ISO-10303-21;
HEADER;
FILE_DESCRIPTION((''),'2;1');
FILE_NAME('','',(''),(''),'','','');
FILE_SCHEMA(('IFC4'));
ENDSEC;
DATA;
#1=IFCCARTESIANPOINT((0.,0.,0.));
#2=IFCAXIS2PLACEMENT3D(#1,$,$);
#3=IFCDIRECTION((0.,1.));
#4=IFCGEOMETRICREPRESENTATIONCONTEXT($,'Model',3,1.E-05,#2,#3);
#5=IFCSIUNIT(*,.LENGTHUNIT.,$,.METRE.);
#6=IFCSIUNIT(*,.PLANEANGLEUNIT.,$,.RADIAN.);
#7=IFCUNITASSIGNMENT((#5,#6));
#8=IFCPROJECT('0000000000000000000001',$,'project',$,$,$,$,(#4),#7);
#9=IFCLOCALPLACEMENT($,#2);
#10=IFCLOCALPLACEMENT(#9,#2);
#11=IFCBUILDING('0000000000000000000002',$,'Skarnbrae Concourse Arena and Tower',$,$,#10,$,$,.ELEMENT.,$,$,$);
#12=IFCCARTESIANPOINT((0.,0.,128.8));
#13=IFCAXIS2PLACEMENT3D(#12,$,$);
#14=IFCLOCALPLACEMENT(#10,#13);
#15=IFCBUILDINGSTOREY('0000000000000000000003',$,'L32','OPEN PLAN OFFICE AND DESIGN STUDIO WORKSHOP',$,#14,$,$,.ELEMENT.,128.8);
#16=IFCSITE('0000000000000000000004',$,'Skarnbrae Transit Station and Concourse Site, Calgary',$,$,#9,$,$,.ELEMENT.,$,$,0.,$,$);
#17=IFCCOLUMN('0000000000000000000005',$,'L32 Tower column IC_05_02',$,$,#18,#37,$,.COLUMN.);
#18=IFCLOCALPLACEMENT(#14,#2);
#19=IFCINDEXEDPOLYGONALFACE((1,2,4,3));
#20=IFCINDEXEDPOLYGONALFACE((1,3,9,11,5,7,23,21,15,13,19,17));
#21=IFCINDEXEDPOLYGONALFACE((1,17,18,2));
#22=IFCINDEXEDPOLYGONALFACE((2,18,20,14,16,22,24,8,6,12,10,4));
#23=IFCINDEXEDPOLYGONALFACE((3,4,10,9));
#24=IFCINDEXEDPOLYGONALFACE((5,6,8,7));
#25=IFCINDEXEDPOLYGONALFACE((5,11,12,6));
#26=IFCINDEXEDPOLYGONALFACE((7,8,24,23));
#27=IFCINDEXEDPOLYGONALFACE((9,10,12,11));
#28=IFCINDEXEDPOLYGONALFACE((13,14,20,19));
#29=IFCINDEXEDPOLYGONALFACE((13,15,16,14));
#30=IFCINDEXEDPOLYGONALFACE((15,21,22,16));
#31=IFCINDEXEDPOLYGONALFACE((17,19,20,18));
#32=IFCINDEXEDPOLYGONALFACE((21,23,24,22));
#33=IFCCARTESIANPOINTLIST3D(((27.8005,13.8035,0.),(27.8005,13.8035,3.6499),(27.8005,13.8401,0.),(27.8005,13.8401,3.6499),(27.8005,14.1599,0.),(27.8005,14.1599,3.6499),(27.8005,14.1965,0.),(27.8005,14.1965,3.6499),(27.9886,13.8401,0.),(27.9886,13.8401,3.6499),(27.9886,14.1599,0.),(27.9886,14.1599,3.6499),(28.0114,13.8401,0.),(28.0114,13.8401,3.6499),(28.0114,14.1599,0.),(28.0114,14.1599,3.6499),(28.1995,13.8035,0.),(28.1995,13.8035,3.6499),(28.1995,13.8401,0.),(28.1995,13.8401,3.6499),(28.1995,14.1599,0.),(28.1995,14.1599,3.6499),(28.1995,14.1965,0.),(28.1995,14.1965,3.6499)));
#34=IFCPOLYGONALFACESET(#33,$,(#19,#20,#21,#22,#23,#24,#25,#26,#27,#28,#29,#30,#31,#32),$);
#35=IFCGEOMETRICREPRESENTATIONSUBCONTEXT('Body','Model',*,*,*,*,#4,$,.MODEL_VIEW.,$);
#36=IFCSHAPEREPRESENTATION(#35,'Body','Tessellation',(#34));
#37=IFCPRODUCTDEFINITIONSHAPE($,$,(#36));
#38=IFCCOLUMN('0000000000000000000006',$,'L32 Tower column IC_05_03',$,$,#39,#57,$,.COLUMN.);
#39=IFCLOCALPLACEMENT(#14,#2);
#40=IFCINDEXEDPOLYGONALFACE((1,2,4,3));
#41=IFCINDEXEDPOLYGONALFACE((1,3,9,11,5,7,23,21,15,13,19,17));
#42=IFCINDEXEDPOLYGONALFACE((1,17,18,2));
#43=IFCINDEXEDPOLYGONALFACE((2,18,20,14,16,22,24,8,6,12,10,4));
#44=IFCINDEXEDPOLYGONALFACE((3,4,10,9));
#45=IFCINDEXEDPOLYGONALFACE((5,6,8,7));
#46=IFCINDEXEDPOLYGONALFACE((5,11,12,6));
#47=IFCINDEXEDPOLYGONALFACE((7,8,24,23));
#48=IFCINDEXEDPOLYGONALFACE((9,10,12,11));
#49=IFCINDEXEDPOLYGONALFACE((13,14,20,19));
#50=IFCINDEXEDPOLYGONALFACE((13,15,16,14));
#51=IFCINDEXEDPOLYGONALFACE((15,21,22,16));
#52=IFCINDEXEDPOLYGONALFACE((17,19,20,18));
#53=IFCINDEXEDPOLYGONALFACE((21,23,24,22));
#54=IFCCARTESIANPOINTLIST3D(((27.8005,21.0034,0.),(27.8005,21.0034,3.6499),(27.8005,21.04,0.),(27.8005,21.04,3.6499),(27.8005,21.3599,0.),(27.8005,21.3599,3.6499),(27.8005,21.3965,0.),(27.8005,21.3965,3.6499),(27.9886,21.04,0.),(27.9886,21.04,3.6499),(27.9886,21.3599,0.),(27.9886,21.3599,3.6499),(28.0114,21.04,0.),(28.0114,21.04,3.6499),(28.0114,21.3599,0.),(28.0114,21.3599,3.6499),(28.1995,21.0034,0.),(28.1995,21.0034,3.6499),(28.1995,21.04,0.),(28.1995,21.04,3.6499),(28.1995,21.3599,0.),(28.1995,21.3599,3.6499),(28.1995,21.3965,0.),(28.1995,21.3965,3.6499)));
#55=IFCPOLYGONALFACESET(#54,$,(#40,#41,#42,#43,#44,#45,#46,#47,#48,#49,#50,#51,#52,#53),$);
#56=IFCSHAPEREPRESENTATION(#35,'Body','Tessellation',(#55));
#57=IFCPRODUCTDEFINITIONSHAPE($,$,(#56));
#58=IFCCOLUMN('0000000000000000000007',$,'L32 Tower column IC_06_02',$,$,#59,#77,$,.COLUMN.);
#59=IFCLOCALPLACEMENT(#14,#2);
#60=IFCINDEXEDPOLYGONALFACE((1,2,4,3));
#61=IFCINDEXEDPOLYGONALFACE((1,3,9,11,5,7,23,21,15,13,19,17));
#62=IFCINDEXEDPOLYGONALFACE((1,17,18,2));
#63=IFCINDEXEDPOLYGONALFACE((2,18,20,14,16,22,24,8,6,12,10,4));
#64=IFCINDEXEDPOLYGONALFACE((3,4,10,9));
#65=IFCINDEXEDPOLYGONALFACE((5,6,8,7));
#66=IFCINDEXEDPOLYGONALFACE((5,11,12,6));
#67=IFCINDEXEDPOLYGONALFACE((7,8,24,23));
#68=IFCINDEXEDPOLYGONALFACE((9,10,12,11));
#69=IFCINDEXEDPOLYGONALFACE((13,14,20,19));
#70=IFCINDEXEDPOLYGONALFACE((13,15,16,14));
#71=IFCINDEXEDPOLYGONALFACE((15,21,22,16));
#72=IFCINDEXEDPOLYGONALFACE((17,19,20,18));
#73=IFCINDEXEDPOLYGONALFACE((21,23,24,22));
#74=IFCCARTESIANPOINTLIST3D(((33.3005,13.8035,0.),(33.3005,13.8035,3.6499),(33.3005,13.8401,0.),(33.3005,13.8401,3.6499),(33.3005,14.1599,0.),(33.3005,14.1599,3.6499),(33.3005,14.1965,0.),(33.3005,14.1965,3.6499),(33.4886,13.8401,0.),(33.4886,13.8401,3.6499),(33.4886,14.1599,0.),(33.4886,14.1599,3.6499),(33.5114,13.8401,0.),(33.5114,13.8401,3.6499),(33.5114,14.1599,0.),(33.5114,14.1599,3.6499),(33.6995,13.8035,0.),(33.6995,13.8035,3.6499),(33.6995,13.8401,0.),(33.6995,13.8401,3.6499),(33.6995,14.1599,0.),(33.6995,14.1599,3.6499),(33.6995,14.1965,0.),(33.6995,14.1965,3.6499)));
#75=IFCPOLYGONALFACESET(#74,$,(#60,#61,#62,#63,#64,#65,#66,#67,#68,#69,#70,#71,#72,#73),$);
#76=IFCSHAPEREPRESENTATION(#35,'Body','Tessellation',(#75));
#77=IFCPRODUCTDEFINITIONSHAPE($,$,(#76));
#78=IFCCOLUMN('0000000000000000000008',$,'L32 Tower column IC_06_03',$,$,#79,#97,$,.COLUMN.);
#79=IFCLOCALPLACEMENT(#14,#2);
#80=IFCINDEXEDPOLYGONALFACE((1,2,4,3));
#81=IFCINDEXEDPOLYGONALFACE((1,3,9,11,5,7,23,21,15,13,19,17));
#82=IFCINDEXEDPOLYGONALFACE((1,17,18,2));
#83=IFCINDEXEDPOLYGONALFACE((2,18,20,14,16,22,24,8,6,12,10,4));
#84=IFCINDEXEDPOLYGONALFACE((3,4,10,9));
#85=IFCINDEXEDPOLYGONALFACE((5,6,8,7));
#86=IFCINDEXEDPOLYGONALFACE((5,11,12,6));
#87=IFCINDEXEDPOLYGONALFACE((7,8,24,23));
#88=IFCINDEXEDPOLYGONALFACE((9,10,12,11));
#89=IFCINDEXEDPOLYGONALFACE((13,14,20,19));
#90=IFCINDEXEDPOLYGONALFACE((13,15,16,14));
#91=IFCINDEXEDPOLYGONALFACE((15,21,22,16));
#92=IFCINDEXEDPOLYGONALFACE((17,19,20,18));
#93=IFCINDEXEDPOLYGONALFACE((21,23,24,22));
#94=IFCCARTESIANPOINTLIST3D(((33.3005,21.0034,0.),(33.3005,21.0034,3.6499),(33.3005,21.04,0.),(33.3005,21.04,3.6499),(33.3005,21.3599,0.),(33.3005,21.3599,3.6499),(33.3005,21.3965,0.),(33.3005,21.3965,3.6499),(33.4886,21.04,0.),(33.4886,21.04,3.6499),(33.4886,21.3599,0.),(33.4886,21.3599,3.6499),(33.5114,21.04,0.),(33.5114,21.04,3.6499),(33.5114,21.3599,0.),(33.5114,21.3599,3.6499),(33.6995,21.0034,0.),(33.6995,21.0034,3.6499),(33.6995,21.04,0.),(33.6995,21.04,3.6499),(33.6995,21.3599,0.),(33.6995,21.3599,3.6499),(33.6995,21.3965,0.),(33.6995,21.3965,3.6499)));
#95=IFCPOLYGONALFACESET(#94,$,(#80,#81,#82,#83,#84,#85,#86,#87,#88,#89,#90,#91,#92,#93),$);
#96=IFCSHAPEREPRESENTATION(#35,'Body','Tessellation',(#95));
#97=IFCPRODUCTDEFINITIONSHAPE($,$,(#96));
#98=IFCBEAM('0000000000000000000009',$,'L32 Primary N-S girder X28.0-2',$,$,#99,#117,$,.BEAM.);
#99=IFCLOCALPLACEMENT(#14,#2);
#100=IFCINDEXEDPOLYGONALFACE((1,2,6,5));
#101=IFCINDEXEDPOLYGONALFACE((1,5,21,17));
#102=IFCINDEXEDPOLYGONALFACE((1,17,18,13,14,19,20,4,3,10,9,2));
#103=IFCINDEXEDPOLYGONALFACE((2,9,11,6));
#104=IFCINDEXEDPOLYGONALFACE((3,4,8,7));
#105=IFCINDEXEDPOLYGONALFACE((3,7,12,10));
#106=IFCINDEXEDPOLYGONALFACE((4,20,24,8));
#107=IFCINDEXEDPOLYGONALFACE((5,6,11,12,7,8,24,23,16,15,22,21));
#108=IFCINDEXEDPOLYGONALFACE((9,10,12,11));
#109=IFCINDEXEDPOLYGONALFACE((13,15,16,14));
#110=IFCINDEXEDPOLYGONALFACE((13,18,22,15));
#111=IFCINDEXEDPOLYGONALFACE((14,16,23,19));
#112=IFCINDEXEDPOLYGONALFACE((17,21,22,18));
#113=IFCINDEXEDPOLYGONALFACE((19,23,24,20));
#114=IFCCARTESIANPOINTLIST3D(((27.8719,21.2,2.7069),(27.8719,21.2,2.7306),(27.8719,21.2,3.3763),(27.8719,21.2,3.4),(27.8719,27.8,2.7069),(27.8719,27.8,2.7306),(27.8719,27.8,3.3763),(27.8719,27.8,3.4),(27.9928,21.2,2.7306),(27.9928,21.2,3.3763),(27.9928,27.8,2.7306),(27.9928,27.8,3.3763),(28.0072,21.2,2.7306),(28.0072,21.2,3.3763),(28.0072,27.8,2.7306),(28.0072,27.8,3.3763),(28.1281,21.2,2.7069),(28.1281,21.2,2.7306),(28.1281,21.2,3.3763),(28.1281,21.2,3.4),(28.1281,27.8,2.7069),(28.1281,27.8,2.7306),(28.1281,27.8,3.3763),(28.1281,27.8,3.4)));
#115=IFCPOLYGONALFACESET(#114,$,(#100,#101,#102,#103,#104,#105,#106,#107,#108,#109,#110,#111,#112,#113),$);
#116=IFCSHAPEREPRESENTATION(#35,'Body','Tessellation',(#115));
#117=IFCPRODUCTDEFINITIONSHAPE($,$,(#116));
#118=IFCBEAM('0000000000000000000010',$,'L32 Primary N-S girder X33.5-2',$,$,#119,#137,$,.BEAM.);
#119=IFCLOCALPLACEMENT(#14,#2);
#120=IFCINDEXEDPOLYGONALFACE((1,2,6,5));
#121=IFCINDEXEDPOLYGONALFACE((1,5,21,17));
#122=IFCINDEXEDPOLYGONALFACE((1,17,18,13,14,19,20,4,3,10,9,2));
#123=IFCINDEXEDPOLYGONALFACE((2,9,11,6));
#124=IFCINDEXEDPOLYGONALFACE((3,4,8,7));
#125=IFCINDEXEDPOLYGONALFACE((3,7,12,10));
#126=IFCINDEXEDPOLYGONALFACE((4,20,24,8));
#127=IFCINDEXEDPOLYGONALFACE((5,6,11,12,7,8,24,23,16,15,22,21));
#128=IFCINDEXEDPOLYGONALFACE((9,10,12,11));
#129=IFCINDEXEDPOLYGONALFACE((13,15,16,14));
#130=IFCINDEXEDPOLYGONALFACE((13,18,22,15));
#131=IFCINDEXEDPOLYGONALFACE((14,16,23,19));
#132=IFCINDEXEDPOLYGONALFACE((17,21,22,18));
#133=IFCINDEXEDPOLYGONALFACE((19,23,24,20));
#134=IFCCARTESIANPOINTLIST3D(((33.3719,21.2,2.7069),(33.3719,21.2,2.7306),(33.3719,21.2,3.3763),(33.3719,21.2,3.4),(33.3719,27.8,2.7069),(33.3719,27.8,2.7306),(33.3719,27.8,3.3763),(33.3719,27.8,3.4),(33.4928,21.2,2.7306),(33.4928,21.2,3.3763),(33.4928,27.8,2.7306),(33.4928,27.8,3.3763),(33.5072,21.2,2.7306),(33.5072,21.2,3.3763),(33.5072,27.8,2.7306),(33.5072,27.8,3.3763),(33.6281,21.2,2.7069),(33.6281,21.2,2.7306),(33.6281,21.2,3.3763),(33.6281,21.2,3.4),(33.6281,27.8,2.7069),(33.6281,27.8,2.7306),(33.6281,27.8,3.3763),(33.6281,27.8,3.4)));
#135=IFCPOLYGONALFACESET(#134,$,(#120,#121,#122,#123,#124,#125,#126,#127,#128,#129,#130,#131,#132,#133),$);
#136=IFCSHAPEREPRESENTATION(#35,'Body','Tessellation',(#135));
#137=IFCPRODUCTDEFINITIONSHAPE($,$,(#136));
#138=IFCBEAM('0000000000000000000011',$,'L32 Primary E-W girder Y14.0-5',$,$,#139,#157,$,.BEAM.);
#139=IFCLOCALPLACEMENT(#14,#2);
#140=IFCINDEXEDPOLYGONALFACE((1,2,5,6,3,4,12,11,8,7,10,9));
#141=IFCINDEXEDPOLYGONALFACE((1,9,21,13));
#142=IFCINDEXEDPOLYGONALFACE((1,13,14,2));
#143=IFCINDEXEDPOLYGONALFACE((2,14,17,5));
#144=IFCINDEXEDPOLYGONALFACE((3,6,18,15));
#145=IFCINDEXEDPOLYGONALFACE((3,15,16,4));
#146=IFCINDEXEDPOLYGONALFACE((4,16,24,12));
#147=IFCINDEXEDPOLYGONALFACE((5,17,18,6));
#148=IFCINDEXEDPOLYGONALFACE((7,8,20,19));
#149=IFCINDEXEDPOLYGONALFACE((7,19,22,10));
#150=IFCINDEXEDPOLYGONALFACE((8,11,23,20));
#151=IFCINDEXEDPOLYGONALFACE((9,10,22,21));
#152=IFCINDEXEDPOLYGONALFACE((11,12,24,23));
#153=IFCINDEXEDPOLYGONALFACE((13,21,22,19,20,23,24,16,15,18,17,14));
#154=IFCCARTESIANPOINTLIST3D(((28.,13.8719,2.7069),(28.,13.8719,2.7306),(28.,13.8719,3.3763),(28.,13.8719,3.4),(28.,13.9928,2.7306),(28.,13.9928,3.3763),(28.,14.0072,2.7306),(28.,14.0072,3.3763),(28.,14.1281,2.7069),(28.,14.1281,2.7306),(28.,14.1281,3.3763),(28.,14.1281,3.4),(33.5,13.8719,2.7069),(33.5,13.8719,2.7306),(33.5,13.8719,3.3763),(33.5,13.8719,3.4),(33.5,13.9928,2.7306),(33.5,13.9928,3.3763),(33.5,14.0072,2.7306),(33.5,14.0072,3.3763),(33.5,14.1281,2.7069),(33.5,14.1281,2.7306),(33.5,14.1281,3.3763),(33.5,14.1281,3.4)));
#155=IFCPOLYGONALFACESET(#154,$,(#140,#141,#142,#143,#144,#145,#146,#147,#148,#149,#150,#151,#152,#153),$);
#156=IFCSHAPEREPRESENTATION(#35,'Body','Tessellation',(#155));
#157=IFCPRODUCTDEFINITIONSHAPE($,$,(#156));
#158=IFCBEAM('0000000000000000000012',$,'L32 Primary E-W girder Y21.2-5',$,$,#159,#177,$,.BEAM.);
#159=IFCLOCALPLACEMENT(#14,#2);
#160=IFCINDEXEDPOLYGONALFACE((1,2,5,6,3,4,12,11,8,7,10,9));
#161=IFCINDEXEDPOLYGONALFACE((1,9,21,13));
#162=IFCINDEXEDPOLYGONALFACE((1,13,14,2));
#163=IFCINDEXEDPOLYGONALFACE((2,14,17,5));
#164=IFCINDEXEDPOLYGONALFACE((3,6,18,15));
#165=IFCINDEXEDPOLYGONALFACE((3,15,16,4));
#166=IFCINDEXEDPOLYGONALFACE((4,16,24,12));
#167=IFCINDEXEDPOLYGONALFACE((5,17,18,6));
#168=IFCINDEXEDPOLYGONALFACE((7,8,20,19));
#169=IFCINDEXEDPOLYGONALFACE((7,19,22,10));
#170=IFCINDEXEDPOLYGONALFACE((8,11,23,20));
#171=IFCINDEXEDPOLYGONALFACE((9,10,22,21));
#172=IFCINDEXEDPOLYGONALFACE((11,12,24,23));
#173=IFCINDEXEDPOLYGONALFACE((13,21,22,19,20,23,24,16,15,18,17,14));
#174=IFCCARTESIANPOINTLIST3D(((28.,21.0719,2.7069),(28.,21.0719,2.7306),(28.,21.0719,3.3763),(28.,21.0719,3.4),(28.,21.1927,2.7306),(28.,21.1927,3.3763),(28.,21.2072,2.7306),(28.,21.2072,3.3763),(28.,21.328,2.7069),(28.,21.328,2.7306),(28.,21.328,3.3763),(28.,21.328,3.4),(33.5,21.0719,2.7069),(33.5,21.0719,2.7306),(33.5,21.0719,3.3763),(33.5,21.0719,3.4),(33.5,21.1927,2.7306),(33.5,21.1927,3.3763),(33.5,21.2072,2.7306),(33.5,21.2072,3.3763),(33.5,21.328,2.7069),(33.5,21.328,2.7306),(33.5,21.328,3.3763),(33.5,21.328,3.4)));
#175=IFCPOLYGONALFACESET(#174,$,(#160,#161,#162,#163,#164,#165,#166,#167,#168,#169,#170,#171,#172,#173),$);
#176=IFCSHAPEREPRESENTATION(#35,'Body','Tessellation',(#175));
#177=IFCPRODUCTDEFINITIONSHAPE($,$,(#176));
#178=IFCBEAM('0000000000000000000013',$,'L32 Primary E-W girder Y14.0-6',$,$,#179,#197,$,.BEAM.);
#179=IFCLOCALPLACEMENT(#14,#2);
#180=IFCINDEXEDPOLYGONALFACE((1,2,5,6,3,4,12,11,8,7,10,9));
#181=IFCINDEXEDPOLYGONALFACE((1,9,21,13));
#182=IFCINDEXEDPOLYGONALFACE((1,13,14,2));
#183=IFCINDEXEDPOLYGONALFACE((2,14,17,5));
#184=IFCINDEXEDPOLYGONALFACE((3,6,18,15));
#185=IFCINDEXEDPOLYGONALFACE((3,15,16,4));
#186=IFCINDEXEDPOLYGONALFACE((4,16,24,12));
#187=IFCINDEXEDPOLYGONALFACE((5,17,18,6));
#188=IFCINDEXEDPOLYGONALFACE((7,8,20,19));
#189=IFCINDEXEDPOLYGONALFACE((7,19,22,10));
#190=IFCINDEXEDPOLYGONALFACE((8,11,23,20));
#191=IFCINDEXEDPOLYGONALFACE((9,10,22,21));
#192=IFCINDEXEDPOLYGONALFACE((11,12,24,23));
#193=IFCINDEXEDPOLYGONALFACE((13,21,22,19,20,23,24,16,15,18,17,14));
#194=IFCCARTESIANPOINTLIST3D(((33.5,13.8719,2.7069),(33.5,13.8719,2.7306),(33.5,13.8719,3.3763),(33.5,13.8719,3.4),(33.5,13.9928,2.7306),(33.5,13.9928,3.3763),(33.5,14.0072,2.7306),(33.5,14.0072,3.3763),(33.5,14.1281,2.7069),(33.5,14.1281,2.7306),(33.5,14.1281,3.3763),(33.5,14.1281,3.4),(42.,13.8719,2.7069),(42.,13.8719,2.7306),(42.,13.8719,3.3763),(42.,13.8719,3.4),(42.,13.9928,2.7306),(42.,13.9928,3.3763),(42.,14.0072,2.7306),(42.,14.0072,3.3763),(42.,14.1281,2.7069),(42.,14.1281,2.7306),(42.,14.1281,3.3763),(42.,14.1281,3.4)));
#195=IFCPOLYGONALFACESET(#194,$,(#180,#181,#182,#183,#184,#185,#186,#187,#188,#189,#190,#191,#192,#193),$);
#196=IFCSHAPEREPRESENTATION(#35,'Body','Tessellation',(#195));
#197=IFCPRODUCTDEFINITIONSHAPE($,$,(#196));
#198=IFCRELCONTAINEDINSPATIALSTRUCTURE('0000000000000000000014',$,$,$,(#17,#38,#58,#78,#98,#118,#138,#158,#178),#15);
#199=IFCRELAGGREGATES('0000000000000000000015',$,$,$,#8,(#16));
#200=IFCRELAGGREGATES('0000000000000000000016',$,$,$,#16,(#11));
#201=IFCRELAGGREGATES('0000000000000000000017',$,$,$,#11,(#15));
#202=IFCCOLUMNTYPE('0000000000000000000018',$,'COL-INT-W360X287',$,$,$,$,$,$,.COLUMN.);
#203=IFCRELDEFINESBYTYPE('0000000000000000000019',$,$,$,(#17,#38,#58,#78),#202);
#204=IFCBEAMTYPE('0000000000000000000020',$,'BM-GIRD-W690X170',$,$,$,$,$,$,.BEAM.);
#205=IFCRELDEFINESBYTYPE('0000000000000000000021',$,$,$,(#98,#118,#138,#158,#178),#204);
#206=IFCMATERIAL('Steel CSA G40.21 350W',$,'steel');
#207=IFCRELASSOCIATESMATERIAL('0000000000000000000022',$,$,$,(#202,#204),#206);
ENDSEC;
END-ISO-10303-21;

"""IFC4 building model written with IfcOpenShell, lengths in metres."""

from ifc_helpers import new_model, si_unit, direction, frame, origin, origin_2d, place, context, subcontext, project, spatial, i_section, extrude, source, transform, mapped, material, material_profile, profile_set, type_object, element, save


model = new_model("IFC4")

# Units and contexts
model_context = context("Model", 3, precision=1e-05, world=origin(), true_north=direction((0.0, 1.0)))
body_context = subcontext(model_context, "Body", "Model", "MODEL_VIEW")
ifc_project = project(units=[si_unit("LENGTHUNIT", "METRE"), si_unit("PLANEANGLEUNIT", "RADIAN")], contexts=[model_context])

# Site, building, storey
site_placement = place(None, origin())
site = spatial("IfcSite", under=ifc_project, at=site_placement, Name="Skarnbrae Transit Station and Concourse Site, Calgary", CompositionType="ELEMENT", RefElevation=0.0)
building_placement = place(site_placement, origin())
building = spatial("IfcBuilding", under=site, at=building_placement, Name="Skarnbrae Concourse Arena and Tower", CompositionType="ELEMENT")
storey_placement = place(building_placement, frame((0.0, 0.0, 128.8)))
storey = spatial("IfcBuildingStorey", under=building, at=storey_placement, Name="L32", Description="OPEN PLAN OFFICE AND DESIGN STUDIO WORKSHOP", CompositionType="ELEMENT", Elevation=128.8)

# Columns
ifc_material_1 = material(Name="Steel CSA G40.21 350W", Category="steel")
ifc_material_profile_1 = material_profile(ifc_material_1, i_section(OverallWidth=0.3989, OverallDepth=0.3931, WebThickness=0.0227, FlangeThickness=0.0366, at=origin_2d()), Name="W360X287")
ifc_profile_set_1 = profile_set([ifc_material_profile_1], Name="Steel CSA G40.21 350W")
column_type = type_object("IfcColumnType", Name="COL-INT-W360X287", PredefinedType="COLUMN", material=ifc_profile_set_1)
shared_shape_1 = source(origin(), body_context, "Body", "SweptSolid", [
    extrude(i_section(OverallWidth=0.3989, OverallDepth=0.3931, WebThickness=0.0227, FlangeThickness=0.0366, at=origin_2d()), origin(), (0.0, 0.0, 1.0), 3.6499),
])
for number, where, z_axis, x_axis, name in (
    (1, (28.0, 14.0, 0.0), (0.0, 0.0, 1.0), (1.0, 0.0, 0.0), "L32 Tower column IC_05_02"),
    (2, (28.0, 21.2, 0.0), (0.0, 0.0, 1.0), (1.0, 0.0, 0.0), "L32 Tower column IC_05_03"),
    (3, (33.5, 14.0, 0.0), (0.0, 0.0, 1.0), (1.0, 0.0, 0.0), "L32 Tower column IC_06_02"),
    (4, (33.5, 21.2, 0.0), (0.0, 0.0, 1.0), (1.0, 0.0, 0.0), "L32 Tower column IC_06_03"),
):
    element("IfcColumn", number, at=place(storey_placement, frame(where, z_axis=z_axis, x_axis=x_axis)), inside=storey, type_object=column_type, Name=name, PredefinedType="COLUMN", context=body_context, shape_type="MappedRepresentation", body=[
        mapped(shared_shape_1, transform((0.0, 0.0, 0.0))),
    ])

# Beams
ifc_material_profile_2 = material_profile(ifc_material_1, i_section(OverallWidth=0.2561, OverallDepth=0.6931, WebThickness=0.0144, FlangeThickness=0.0237, at=origin_2d()), Name="W690X170")
ifc_profile_set_2 = profile_set([ifc_material_profile_2], Name="Steel CSA G40.21 350W")
beam_type_1 = type_object("IfcBeamType", Name="BM-GIRD-W690X170", PredefinedType="BEAM", material=ifc_profile_set_2)
shared_shape_2 = source(origin(), body_context, "Body", "SweptSolid", [
    extrude(i_section(OverallWidth=0.2561, OverallDepth=0.6931, WebThickness=0.0144, FlangeThickness=0.0237, at=origin_2d()), origin(), (0.0, 0.0, 1.0), 6.6001),
])
for number, where, z_axis, x_axis, name in (
    (5, (28.0, 21.2, 3.0535), (0.0, 1.0, 0.0), (-1.0, 0.0, 0.0), "L32 Primary N-S girder X28.0-2"),
    (6, (33.5, 21.2, 3.0535), (0.0, 1.0, 0.0), (-1.0, 0.0, 0.0), "L32 Primary N-S girder X33.5-2"),
):
    element("IfcBeam", number, at=place(storey_placement, frame(where, z_axis=z_axis, x_axis=x_axis)), inside=storey, type_object=beam_type_1, Name=name, PredefinedType="BEAM", context=body_context, shape_type="MappedRepresentation", body=[
        mapped(shared_shape_2, transform((0.0, 0.0, 0.0))),
    ])
shared_shape_3 = source(origin(), body_context, "Body", "SweptSolid", [
    extrude(i_section(OverallWidth=0.2561, OverallDepth=0.6931, WebThickness=0.0144, FlangeThickness=0.0237, at=origin_2d()), origin(), (0.0, 0.0, 1.0), 5.5),
])
for number, where, z_axis, x_axis, name in (
    (7, (28.0, 14.0, 3.0535), (1.0, 0.0, 0.0), (0.0, 1.0, 0.0), "L32 Primary E-W girder Y14.0-5"),
    (8, (28.0, 21.2, 3.0535), (1.0, 0.0, 0.0), (0.0, 1.0, 0.0), "L32 Primary E-W girder Y21.2-5"),
):
    element("IfcBeam", number, at=place(storey_placement, frame(where, z_axis=z_axis, x_axis=x_axis)), inside=storey, type_object=beam_type_1, Name=name, PredefinedType="BEAM", context=body_context, shape_type="MappedRepresentation", body=[
        mapped(shared_shape_3, transform((0.0, 0.0, 0.0))),
    ])
shared_shape_4 = source(origin(), body_context, "Body", "SweptSolid", [
    extrude(i_section(OverallWidth=0.2561, OverallDepth=0.6931, WebThickness=0.0144, FlangeThickness=0.0237, at=origin_2d()), origin(), (0.0, 0.0, 1.0), 8.5),
])
for number, where, z_axis, x_axis, name in (
    (9, (33.5, 14.0, 3.0535), (1.0, 0.0, 0.0), (0.0, 1.0, 0.0), "L32 Primary E-W girder Y14.0-6"),
):
    element("IfcBeam", number, at=place(storey_placement, frame(where, z_axis=z_axis, x_axis=x_axis)), inside=storey, type_object=beam_type_1, Name=name, PredefinedType="BEAM", context=body_context, shape_type="MappedRepresentation", body=[
        mapped(shared_shape_4, transform((0.0, 0.0, 0.0))),
    ])

save(model, "model.ifc")
